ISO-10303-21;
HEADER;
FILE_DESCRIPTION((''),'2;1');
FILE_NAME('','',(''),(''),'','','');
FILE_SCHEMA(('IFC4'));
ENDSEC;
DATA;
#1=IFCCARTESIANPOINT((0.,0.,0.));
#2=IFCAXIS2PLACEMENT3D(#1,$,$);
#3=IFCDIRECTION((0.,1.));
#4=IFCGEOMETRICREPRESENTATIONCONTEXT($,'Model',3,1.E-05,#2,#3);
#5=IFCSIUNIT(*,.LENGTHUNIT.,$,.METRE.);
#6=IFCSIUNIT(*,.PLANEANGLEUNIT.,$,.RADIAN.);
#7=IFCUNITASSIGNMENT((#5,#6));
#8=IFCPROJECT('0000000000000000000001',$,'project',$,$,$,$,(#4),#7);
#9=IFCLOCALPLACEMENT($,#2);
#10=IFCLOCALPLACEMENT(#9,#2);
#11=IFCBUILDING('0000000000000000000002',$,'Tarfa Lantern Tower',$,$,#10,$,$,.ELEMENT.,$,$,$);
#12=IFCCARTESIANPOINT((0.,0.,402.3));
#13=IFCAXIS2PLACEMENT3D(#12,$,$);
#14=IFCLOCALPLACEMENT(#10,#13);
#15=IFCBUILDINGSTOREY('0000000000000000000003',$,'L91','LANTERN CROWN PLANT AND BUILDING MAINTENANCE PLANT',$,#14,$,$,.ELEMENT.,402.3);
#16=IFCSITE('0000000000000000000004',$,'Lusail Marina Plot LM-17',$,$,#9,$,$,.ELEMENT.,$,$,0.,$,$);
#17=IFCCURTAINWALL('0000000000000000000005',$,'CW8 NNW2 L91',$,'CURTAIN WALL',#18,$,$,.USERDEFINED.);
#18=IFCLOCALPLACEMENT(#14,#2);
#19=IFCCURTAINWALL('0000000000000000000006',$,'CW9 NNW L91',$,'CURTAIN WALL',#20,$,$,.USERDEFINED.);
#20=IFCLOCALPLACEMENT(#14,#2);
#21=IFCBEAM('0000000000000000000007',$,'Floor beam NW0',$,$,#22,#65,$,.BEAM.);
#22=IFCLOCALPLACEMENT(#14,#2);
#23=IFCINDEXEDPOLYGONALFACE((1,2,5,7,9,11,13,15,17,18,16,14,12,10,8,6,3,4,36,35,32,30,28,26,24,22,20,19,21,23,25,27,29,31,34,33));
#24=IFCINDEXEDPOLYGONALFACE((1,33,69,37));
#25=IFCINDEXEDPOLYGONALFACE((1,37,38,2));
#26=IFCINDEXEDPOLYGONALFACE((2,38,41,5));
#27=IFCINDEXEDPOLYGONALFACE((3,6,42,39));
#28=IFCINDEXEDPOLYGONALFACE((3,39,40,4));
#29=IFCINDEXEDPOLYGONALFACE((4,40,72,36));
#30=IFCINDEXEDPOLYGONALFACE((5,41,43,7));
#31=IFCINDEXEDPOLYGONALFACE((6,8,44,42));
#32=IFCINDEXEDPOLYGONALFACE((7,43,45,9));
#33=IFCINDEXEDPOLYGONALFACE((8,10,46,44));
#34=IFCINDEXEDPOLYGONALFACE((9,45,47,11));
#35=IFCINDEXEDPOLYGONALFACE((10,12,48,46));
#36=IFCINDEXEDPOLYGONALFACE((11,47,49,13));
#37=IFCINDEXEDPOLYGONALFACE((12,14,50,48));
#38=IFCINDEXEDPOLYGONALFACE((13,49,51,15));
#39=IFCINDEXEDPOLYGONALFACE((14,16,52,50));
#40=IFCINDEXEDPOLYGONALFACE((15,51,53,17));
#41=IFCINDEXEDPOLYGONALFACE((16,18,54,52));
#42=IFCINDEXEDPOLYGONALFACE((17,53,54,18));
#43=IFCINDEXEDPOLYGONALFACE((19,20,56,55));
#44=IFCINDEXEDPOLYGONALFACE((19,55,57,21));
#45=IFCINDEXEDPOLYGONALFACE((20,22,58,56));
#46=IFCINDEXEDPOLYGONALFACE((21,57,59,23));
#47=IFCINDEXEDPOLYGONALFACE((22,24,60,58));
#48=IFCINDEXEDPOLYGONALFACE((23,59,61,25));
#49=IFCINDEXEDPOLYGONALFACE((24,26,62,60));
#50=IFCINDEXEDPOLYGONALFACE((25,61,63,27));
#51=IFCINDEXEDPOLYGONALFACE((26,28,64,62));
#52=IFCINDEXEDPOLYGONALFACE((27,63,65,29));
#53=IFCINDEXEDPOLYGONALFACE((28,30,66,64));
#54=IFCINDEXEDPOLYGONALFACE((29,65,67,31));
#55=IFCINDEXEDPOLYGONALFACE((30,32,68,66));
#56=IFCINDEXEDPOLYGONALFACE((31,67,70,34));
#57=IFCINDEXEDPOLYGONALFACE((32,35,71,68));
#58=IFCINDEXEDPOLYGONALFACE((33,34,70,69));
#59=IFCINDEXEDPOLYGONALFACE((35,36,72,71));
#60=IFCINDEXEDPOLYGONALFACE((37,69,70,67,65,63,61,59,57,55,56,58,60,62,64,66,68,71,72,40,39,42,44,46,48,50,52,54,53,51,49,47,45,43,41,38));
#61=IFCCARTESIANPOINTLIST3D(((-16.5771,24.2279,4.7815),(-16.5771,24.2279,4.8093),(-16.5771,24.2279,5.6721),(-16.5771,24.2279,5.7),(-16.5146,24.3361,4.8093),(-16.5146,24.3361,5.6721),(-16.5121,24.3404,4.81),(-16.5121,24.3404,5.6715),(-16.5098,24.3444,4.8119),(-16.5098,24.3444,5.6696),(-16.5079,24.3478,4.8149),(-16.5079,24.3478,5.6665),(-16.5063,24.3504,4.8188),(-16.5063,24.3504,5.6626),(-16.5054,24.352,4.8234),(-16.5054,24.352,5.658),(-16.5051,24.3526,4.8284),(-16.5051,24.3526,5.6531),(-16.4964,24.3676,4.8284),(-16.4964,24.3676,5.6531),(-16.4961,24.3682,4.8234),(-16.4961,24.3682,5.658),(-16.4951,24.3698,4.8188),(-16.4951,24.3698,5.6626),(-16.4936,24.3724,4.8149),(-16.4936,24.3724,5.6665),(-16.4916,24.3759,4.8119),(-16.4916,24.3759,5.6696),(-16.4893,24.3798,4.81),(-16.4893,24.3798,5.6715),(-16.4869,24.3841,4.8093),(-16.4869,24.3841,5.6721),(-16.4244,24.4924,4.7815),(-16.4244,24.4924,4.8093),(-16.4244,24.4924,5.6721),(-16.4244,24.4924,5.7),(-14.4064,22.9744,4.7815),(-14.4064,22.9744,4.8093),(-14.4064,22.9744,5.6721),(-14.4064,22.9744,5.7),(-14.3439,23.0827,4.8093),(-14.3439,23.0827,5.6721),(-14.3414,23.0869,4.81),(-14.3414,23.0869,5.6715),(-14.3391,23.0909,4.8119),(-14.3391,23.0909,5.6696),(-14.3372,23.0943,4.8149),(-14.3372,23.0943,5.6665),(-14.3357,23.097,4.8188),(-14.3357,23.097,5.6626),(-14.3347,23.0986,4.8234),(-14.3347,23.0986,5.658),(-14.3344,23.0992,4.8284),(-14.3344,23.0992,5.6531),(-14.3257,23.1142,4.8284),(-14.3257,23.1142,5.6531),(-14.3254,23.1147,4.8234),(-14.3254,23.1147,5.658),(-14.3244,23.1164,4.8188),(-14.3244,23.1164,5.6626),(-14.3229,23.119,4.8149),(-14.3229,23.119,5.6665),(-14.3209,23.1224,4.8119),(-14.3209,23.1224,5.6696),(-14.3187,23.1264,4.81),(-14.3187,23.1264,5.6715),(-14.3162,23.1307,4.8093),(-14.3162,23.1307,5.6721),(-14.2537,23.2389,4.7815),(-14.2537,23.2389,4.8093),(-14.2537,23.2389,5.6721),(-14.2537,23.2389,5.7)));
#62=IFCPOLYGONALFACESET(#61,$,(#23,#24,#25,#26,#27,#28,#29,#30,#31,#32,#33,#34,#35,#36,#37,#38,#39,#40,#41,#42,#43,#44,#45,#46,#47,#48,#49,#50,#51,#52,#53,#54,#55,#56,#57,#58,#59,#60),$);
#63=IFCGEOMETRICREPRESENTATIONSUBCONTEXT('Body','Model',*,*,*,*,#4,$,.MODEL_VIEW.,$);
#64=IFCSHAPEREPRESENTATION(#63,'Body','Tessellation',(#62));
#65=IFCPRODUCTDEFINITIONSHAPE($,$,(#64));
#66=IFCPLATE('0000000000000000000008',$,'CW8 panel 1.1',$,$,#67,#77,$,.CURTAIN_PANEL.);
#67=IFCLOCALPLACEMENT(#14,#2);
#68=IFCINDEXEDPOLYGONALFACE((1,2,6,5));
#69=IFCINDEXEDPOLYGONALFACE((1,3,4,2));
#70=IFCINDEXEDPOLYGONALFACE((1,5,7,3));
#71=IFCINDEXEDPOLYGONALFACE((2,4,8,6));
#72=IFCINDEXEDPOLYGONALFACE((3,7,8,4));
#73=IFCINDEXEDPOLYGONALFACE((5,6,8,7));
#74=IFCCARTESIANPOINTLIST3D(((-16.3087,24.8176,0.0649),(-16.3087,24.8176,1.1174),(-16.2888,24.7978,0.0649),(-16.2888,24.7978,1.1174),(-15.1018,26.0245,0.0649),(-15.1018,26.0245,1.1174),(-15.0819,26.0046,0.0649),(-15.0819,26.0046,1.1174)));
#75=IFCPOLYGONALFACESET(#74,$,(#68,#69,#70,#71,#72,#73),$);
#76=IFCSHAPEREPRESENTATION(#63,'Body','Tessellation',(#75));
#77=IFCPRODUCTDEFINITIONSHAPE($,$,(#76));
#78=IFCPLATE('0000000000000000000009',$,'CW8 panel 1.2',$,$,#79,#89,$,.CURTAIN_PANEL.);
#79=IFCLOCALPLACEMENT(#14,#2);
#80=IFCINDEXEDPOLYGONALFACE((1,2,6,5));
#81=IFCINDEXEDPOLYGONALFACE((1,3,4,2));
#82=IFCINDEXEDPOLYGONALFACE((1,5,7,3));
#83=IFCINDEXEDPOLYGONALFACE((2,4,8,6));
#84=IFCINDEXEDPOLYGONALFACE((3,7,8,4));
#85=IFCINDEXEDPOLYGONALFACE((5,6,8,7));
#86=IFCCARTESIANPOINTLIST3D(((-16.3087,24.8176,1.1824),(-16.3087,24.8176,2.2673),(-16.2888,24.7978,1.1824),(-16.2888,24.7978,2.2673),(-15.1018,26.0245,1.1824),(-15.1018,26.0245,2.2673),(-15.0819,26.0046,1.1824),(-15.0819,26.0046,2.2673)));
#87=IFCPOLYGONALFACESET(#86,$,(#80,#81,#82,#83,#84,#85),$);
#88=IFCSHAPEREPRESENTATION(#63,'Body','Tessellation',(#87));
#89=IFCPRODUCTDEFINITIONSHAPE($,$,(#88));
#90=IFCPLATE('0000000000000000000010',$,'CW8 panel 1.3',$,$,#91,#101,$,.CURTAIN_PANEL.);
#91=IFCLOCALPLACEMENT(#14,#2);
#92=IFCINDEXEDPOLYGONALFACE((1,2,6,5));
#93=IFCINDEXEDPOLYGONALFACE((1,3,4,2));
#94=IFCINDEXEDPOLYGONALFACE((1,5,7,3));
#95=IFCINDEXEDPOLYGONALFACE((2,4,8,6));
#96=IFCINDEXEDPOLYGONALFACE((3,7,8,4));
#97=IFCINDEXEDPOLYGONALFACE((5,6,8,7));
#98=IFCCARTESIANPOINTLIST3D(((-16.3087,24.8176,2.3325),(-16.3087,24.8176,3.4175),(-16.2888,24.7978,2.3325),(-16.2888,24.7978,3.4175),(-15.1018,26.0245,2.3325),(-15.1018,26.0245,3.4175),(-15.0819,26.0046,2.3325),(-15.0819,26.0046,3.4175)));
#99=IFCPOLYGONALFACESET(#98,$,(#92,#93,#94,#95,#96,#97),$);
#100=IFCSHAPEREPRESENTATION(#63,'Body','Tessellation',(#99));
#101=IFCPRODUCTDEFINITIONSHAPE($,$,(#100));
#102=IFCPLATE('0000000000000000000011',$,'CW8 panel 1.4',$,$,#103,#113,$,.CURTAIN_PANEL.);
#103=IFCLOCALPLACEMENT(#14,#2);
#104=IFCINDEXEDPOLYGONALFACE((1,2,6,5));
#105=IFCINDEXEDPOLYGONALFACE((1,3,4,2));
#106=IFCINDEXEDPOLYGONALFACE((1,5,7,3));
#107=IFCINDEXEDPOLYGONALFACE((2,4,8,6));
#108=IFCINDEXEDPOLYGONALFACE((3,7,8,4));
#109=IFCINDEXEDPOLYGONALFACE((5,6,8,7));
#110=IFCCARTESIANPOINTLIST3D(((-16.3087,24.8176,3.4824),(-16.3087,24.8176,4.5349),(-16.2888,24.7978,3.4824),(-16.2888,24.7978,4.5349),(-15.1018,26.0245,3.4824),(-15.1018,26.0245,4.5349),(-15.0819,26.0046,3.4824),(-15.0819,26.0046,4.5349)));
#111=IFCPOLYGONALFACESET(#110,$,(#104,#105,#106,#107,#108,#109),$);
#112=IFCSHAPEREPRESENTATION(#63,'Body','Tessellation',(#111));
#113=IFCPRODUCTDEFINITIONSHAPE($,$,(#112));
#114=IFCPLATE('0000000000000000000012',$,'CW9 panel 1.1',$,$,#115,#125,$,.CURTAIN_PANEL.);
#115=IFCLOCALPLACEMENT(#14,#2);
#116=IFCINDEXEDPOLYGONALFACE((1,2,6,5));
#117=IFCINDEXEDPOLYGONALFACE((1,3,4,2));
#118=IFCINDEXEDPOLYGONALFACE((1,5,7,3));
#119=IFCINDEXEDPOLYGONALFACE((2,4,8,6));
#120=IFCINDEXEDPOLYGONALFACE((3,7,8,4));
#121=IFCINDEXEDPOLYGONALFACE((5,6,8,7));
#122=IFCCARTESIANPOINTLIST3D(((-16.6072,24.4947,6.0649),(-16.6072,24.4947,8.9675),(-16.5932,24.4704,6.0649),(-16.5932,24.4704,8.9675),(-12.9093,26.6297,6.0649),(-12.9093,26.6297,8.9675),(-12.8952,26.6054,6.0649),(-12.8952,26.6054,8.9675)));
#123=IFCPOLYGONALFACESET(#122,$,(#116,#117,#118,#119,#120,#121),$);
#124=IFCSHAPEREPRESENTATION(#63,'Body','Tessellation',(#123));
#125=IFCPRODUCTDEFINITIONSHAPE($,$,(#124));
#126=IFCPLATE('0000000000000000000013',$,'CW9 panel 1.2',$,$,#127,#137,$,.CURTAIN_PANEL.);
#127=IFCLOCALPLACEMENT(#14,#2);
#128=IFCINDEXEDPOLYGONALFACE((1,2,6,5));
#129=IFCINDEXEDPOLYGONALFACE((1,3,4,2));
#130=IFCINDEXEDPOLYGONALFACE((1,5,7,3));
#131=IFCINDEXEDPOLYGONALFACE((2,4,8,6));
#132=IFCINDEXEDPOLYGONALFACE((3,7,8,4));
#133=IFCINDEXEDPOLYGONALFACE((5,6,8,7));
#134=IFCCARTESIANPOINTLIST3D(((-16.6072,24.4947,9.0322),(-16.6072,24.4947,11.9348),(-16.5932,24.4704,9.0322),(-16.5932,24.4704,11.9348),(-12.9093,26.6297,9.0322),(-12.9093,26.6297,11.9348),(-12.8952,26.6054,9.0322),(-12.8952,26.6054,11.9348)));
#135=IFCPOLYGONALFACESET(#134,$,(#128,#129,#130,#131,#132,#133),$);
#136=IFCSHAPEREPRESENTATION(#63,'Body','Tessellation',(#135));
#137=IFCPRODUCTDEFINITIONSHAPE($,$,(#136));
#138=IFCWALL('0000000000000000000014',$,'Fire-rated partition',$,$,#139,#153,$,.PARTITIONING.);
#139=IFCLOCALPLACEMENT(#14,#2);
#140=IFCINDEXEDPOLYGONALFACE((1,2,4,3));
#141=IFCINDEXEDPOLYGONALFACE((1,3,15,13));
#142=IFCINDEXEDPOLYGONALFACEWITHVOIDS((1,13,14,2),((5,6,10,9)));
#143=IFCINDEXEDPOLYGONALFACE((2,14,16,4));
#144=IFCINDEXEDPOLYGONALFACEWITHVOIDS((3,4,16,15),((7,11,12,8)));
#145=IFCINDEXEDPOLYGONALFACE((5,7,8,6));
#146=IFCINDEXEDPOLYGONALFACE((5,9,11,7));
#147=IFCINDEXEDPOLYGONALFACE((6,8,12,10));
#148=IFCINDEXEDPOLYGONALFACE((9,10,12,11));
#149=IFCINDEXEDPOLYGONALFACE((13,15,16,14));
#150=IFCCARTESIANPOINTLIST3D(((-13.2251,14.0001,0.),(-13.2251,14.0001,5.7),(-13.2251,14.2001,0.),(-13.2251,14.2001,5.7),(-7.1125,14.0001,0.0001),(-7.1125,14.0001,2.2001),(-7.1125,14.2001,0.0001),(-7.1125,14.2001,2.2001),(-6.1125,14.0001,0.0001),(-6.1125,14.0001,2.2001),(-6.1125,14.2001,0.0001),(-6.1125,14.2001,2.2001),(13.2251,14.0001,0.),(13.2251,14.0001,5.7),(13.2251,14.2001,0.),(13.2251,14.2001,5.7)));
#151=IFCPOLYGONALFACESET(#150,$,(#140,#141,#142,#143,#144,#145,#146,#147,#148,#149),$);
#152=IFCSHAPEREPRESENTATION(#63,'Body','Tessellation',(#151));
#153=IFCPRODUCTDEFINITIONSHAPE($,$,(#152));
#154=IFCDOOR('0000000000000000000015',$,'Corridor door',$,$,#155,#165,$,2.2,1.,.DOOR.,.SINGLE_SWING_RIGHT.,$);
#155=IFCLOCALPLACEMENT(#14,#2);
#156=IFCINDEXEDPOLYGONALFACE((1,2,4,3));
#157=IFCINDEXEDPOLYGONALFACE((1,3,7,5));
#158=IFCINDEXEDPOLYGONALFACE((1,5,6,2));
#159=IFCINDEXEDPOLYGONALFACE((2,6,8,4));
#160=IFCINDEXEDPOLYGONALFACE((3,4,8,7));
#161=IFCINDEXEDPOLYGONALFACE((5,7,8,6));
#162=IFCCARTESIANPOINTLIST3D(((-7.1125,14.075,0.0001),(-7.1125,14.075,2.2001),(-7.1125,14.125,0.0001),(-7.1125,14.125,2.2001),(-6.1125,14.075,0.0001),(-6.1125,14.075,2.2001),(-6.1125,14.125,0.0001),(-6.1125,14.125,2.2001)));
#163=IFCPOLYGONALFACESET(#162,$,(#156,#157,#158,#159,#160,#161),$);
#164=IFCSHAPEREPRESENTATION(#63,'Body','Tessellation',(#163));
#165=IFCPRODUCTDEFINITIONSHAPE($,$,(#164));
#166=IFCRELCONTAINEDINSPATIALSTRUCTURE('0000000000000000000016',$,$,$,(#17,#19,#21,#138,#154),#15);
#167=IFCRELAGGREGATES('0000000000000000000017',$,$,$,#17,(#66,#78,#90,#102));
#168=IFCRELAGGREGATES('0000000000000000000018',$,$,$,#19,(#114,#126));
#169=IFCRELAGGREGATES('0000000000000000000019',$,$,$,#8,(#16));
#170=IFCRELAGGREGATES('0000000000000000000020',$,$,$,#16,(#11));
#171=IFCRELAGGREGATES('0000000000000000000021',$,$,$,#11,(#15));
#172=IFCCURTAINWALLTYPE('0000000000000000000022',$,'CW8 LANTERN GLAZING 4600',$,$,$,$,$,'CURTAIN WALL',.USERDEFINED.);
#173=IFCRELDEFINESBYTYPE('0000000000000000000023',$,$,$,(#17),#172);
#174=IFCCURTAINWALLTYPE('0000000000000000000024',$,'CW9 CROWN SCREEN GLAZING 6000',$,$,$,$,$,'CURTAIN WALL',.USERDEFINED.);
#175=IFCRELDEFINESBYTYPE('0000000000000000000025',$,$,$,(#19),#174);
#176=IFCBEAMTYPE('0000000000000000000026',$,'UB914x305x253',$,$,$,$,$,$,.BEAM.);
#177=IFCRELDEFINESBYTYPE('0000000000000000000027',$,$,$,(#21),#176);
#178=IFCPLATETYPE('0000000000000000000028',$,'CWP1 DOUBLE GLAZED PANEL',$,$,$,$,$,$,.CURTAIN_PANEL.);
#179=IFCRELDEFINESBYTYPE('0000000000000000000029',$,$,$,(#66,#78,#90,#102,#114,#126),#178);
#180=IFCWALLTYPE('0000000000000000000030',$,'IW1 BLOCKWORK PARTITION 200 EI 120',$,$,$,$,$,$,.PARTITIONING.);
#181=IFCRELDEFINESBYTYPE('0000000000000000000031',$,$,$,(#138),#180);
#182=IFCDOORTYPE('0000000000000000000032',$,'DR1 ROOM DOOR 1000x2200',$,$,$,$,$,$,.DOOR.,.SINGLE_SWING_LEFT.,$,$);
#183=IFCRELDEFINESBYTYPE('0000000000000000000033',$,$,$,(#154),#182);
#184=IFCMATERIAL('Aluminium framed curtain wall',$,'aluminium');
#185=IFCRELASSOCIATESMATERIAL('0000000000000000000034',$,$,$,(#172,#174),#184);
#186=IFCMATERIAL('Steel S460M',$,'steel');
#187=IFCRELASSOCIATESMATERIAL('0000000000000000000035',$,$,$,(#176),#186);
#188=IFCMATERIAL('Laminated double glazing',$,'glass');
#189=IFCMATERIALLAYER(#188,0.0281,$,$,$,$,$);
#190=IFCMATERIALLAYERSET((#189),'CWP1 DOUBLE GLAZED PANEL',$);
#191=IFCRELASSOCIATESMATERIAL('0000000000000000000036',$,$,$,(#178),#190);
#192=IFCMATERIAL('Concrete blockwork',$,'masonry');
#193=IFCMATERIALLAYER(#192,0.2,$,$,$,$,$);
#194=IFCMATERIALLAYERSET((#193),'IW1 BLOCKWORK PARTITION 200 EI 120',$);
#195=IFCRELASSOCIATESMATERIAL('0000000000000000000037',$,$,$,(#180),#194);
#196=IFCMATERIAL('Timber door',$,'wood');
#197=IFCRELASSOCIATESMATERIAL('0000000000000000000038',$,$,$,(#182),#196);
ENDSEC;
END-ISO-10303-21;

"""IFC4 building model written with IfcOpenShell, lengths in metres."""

from ifc_helpers import new_model, si_unit, direction, frame, frame_2d, origin, origin_2d, place, context, subcontext, project, spatial, rectangle, i_section, extrude, material, layer, layer_set, material_profile, profile_set, type_object, element, fill, aggregate, save


model = new_model("IFC4")

# Units and contexts
model_context = context("Model", 3, precision=1e-05, world=origin(), true_north=direction((0.0, 1.0)))
body_context = subcontext(model_context, "Body", "Model", "MODEL_VIEW")
ifc_project = project(units=[si_unit("LENGTHUNIT", "METRE"), si_unit("PLANEANGLEUNIT", "RADIAN")], contexts=[model_context])

# Site, building, storey
site_placement = place(None, origin())
site = spatial("IfcSite", under=ifc_project, at=site_placement, Name="Lusail Marina Plot LM-17", CompositionType="ELEMENT", RefElevation=0.0)
building_placement = place(site_placement, origin())
building = spatial("IfcBuilding", under=site, at=building_placement, Name="Tarfa Lantern Tower", CompositionType="ELEMENT")
storey_placement = place(building_placement, frame((0.0, 0.0, 402.3)))
storey = spatial("IfcBuildingStorey", under=building, at=storey_placement, Name="L91", Description="LANTERN CROWN PLANT AND BUILDING MAINTENANCE PLANT", CompositionType="ELEMENT", Elevation=402.3)

# Shared definitions
ifc_material_1 = material(Name="Aluminium framed curtain wall", Category="aluminium")
curtain_wall_type_1 = type_object("IfcCurtainWallType", Name="CW8 LANTERN GLAZING 4600", ElementType="CURTAIN WALL", PredefinedType="USERDEFINED", material=ifc_material_1)

# Curtain wall
curtain_wall_1_placement = place(storey_placement, origin())
curtain_wall_1 = element("IfcCurtainWall", 1, at=curtain_wall_1_placement, inside=storey, type_object=curtain_wall_type_1, Name="CW8 NNW2 L91", ObjectType="CURTAIN WALL", PredefinedType="USERDEFINED")

# Curtain wall
curtain_wall_type_2 = type_object("IfcCurtainWallType", Name="CW9 CROWN SCREEN GLAZING 6000", ElementType="CURTAIN WALL", PredefinedType="USERDEFINED", material=ifc_material_1)
curtain_wall_2_placement = place(storey_placement, origin())
curtain_wall_2 = element("IfcCurtainWall", 2, at=curtain_wall_2_placement, inside=storey, type_object=curtain_wall_type_2, Name="CW9 NNW L91", ObjectType="CURTAIN WALL", PredefinedType="USERDEFINED")

# Beam
ifc_material_2 = material(Name="Steel S460M", Category="steel")
ifc_material_profile_1 = material_profile(ifc_material_2, i_section(OverallWidth=0.3054, OverallDepth=0.9185, WebThickness=0.0173, FlangeThickness=0.0278, FilletRadius=0.019, at=origin_2d()), Name="UB914x305x253")
ifc_profile_set_1 = profile_set([ifc_material_profile_1], Name="Steel S460M")
beam_type_1 = type_object("IfcBeamType", Name="UB914x305x253", PredefinedType="BEAM", material=ifc_profile_set_1)
beam_1_placement = place(storey_placement, frame((-16.5007, 24.3601, 5.2407), z_axis=(0.865993, -0.500057, 0.0), x_axis=(0.500057, 0.865993, 0.0)))
element("IfcBeam", 3, at=beam_1_placement, inside=storey, type_object=beam_type_1, Name="Floor beam NW0", PredefinedType="BEAM", context=body_context, shape_type="SweptSolid", body=[
    extrude(i_section(OverallWidth=0.3054, OverallDepth=0.9185, WebThickness=0.0173, FlangeThickness=0.0278, FilletRadius=0.019, at=origin_2d()), origin(), (0.0, 0.0, 1.0), 2.5066),
])

# Plates
ifc_material_3 = material(Name="Laminated double glazing", Category="glass")
ifc_layer_1 = layer(ifc_material_3, 0.0281)
ifc_layer_set_1 = layer_set([ifc_layer_1], Name="CWP1 DOUBLE GLAZED PANEL")
plate_type = type_object("IfcPlateType", Name="CWP1 DOUBLE GLAZED PANEL", PredefinedType="CURTAIN_PANEL", material=ifc_layer_set_1)
plate_1_placement = place(storey_placement, frame((-15.6953, 25.4111, 0.0649), z_axis=(0.0, 0.0, 1.0), x_axis=(-0.707107, -0.707107, 0.0)))
plate_1 = element("IfcPlate", 4, at=plate_1_placement, type_object=plate_type, Name="CW8 panel 1.1", PredefinedType="CURTAIN_PANEL", context=body_context, shape_type="SweptSolid", body=[
    extrude(rectangle(XDim=1.7068, YDim=0.0281, at=origin_2d()), origin(), (0.0, 0.0, 1.0), 1.0525),
])
plate_2_placement = place(storey_placement, frame((-15.6953, 25.4111, 1.1824), z_axis=(0.0, 0.0, 1.0), x_axis=(-0.707107, -0.707107, 0.0)))
plate_2 = element("IfcPlate", 5, at=plate_2_placement, type_object=plate_type, Name="CW8 panel 1.2", PredefinedType="CURTAIN_PANEL", context=body_context, shape_type="SweptSolid", body=[
    extrude(rectangle(XDim=1.7068, YDim=0.0281, at=origin_2d()), origin(), (0.0, 0.0, 1.0), 1.085),
])
plate_3_placement = place(storey_placement, frame((-15.6953, 25.4111, 2.3325), z_axis=(0.0, 0.0, 1.0), x_axis=(-0.707107, -0.707107, 0.0)))
plate_3 = element("IfcPlate", 6, at=plate_3_placement, type_object=plate_type, Name="CW8 panel 1.3", PredefinedType="CURTAIN_PANEL", context=body_context, shape_type="SweptSolid", body=[
    extrude(rectangle(XDim=1.7068, YDim=0.0281, at=origin_2d()), origin(), (0.0, 0.0, 1.0), 1.085),
])
plate_4_placement = place(storey_placement, frame((-15.6953, 25.4111, 3.4824), z_axis=(0.0, 0.0, 1.0), x_axis=(-0.707107, -0.707107, 0.0)))
plate_4 = element("IfcPlate", 7, at=plate_4_placement, type_object=plate_type, Name="CW8 panel 1.4", PredefinedType="CURTAIN_PANEL", context=body_context, shape_type="SweptSolid", body=[
    extrude(rectangle(XDim=1.7068, YDim=0.0281, at=origin_2d()), origin(), (0.0, 0.0, 1.0), 1.0525),
])
aggregate(curtain_wall_1, [plate_1, plate_2, plate_3, plate_4])
plate_5_placement = place(storey_placement, frame((-14.7512, 25.55, 6.0649), z_axis=(0.0, 0.0, 1.0), x_axis=(-0.866025, -0.5, 0.0)))
plate_5 = element("IfcPlate", 8, at=plate_5_placement, type_object=plate_type, Name="CW9 panel 1.1", PredefinedType="CURTAIN_PANEL", context=body_context, shape_type="SweptSolid", body=[
    extrude(rectangle(XDim=4.27, YDim=0.0281, at=origin_2d()), origin(), (0.0, 0.0, 1.0), 2.9026),
])
plate_6_placement = place(storey_placement, frame((-14.7512, 25.55, 9.0322), z_axis=(0.0, 0.0, 1.0), x_axis=(-0.866025, -0.5, 0.0)))
plate_6 = element("IfcPlate", 9, at=plate_6_placement, type_object=plate_type, Name="CW9 panel 1.2", PredefinedType="CURTAIN_PANEL", context=body_context, shape_type="SweptSolid", body=[
    extrude(rectangle(XDim=4.27, YDim=0.0281, at=origin_2d()), origin(), (0.0, 0.0, 1.0), 2.9026),
])
aggregate(curtain_wall_2, [plate_5, plate_6])

# Wall, opening, door
ifc_material_4 = material(Name="Concrete blockwork", Category="masonry")
ifc_layer_2 = layer(ifc_material_4, 0.2)
ifc_layer_set_2 = layer_set([ifc_layer_2], Name="IW1 BLOCKWORK PARTITION 200 EI 120")
wall_type = type_object("IfcWallType", Name="IW1 BLOCKWORK PARTITION 200 EI 120", PredefinedType="PARTITIONING", material=ifc_layer_set_2)
wall_placement = place(storey_placement, frame((-13.2251, 14.1001, 0.0), z_axis=(0.0, 0.0, 1.0), x_axis=(1.0, 0.0, 0.0)))
wall = element("IfcWall", 10, at=wall_placement, inside=storey, type_object=wall_type, Name="Fire-rated partition", PredefinedType="PARTITIONING", context=body_context, shape_type="SweptSolid", body=[
    extrude(rectangle(XDim=26.4502, YDim=0.2, at=frame_2d((13.2251, 0.0))), origin(), (0.0, 0.0, 1.0), 5.7),
])
opening_placement = place(wall_placement, frame((6.1125, 0.0, 0.0)))
opening = element("IfcOpeningElement", 11, at=opening_placement, cuts=wall, PredefinedType="OPENING", context=body_context, shape_type="SweptSolid", body=[
    extrude(rectangle(XDim=1.0, YDim=2.2, at=frame_2d((0.5, 1.1001))), frame((0.0, 0.1099, 0.0), z_axis=(0.0, -1.0, 0.0), x_axis=(1.0, 0.0, 0.0)), (0.0, 0.0, 1.0), 0.22),
])
ifc_material_5 = material(Name="Timber door", Category="wood")
door_type = type_object("IfcDoorType", Name="DR1 ROOM DOOR 1000x2200", OperationType="SINGLE_SWING_LEFT", PredefinedType="DOOR", material=ifc_material_5)
door_placement = place(opening_placement, origin())
door = element("IfcDoor", 12, at=door_placement, inside=storey, type_object=door_type, Name="Corridor door", OperationType="SINGLE_SWING_RIGHT", OverallHeight=2.2, OverallWidth=1.0, PredefinedType="DOOR", context=body_context, shape_type="SweptSolid", body=[
    extrude(rectangle(XDim=1.0, YDim=2.2, at=frame_2d((0.5, 1.1001))), frame((0.0, 0.0249, 0.0), z_axis=(0.0, -1.0, 0.0), x_axis=(1.0, 0.0, 0.0)), (0.0, 0.0, 1.0), 0.05),
])
fill(opening, door)

save(model, "model.ifc")
